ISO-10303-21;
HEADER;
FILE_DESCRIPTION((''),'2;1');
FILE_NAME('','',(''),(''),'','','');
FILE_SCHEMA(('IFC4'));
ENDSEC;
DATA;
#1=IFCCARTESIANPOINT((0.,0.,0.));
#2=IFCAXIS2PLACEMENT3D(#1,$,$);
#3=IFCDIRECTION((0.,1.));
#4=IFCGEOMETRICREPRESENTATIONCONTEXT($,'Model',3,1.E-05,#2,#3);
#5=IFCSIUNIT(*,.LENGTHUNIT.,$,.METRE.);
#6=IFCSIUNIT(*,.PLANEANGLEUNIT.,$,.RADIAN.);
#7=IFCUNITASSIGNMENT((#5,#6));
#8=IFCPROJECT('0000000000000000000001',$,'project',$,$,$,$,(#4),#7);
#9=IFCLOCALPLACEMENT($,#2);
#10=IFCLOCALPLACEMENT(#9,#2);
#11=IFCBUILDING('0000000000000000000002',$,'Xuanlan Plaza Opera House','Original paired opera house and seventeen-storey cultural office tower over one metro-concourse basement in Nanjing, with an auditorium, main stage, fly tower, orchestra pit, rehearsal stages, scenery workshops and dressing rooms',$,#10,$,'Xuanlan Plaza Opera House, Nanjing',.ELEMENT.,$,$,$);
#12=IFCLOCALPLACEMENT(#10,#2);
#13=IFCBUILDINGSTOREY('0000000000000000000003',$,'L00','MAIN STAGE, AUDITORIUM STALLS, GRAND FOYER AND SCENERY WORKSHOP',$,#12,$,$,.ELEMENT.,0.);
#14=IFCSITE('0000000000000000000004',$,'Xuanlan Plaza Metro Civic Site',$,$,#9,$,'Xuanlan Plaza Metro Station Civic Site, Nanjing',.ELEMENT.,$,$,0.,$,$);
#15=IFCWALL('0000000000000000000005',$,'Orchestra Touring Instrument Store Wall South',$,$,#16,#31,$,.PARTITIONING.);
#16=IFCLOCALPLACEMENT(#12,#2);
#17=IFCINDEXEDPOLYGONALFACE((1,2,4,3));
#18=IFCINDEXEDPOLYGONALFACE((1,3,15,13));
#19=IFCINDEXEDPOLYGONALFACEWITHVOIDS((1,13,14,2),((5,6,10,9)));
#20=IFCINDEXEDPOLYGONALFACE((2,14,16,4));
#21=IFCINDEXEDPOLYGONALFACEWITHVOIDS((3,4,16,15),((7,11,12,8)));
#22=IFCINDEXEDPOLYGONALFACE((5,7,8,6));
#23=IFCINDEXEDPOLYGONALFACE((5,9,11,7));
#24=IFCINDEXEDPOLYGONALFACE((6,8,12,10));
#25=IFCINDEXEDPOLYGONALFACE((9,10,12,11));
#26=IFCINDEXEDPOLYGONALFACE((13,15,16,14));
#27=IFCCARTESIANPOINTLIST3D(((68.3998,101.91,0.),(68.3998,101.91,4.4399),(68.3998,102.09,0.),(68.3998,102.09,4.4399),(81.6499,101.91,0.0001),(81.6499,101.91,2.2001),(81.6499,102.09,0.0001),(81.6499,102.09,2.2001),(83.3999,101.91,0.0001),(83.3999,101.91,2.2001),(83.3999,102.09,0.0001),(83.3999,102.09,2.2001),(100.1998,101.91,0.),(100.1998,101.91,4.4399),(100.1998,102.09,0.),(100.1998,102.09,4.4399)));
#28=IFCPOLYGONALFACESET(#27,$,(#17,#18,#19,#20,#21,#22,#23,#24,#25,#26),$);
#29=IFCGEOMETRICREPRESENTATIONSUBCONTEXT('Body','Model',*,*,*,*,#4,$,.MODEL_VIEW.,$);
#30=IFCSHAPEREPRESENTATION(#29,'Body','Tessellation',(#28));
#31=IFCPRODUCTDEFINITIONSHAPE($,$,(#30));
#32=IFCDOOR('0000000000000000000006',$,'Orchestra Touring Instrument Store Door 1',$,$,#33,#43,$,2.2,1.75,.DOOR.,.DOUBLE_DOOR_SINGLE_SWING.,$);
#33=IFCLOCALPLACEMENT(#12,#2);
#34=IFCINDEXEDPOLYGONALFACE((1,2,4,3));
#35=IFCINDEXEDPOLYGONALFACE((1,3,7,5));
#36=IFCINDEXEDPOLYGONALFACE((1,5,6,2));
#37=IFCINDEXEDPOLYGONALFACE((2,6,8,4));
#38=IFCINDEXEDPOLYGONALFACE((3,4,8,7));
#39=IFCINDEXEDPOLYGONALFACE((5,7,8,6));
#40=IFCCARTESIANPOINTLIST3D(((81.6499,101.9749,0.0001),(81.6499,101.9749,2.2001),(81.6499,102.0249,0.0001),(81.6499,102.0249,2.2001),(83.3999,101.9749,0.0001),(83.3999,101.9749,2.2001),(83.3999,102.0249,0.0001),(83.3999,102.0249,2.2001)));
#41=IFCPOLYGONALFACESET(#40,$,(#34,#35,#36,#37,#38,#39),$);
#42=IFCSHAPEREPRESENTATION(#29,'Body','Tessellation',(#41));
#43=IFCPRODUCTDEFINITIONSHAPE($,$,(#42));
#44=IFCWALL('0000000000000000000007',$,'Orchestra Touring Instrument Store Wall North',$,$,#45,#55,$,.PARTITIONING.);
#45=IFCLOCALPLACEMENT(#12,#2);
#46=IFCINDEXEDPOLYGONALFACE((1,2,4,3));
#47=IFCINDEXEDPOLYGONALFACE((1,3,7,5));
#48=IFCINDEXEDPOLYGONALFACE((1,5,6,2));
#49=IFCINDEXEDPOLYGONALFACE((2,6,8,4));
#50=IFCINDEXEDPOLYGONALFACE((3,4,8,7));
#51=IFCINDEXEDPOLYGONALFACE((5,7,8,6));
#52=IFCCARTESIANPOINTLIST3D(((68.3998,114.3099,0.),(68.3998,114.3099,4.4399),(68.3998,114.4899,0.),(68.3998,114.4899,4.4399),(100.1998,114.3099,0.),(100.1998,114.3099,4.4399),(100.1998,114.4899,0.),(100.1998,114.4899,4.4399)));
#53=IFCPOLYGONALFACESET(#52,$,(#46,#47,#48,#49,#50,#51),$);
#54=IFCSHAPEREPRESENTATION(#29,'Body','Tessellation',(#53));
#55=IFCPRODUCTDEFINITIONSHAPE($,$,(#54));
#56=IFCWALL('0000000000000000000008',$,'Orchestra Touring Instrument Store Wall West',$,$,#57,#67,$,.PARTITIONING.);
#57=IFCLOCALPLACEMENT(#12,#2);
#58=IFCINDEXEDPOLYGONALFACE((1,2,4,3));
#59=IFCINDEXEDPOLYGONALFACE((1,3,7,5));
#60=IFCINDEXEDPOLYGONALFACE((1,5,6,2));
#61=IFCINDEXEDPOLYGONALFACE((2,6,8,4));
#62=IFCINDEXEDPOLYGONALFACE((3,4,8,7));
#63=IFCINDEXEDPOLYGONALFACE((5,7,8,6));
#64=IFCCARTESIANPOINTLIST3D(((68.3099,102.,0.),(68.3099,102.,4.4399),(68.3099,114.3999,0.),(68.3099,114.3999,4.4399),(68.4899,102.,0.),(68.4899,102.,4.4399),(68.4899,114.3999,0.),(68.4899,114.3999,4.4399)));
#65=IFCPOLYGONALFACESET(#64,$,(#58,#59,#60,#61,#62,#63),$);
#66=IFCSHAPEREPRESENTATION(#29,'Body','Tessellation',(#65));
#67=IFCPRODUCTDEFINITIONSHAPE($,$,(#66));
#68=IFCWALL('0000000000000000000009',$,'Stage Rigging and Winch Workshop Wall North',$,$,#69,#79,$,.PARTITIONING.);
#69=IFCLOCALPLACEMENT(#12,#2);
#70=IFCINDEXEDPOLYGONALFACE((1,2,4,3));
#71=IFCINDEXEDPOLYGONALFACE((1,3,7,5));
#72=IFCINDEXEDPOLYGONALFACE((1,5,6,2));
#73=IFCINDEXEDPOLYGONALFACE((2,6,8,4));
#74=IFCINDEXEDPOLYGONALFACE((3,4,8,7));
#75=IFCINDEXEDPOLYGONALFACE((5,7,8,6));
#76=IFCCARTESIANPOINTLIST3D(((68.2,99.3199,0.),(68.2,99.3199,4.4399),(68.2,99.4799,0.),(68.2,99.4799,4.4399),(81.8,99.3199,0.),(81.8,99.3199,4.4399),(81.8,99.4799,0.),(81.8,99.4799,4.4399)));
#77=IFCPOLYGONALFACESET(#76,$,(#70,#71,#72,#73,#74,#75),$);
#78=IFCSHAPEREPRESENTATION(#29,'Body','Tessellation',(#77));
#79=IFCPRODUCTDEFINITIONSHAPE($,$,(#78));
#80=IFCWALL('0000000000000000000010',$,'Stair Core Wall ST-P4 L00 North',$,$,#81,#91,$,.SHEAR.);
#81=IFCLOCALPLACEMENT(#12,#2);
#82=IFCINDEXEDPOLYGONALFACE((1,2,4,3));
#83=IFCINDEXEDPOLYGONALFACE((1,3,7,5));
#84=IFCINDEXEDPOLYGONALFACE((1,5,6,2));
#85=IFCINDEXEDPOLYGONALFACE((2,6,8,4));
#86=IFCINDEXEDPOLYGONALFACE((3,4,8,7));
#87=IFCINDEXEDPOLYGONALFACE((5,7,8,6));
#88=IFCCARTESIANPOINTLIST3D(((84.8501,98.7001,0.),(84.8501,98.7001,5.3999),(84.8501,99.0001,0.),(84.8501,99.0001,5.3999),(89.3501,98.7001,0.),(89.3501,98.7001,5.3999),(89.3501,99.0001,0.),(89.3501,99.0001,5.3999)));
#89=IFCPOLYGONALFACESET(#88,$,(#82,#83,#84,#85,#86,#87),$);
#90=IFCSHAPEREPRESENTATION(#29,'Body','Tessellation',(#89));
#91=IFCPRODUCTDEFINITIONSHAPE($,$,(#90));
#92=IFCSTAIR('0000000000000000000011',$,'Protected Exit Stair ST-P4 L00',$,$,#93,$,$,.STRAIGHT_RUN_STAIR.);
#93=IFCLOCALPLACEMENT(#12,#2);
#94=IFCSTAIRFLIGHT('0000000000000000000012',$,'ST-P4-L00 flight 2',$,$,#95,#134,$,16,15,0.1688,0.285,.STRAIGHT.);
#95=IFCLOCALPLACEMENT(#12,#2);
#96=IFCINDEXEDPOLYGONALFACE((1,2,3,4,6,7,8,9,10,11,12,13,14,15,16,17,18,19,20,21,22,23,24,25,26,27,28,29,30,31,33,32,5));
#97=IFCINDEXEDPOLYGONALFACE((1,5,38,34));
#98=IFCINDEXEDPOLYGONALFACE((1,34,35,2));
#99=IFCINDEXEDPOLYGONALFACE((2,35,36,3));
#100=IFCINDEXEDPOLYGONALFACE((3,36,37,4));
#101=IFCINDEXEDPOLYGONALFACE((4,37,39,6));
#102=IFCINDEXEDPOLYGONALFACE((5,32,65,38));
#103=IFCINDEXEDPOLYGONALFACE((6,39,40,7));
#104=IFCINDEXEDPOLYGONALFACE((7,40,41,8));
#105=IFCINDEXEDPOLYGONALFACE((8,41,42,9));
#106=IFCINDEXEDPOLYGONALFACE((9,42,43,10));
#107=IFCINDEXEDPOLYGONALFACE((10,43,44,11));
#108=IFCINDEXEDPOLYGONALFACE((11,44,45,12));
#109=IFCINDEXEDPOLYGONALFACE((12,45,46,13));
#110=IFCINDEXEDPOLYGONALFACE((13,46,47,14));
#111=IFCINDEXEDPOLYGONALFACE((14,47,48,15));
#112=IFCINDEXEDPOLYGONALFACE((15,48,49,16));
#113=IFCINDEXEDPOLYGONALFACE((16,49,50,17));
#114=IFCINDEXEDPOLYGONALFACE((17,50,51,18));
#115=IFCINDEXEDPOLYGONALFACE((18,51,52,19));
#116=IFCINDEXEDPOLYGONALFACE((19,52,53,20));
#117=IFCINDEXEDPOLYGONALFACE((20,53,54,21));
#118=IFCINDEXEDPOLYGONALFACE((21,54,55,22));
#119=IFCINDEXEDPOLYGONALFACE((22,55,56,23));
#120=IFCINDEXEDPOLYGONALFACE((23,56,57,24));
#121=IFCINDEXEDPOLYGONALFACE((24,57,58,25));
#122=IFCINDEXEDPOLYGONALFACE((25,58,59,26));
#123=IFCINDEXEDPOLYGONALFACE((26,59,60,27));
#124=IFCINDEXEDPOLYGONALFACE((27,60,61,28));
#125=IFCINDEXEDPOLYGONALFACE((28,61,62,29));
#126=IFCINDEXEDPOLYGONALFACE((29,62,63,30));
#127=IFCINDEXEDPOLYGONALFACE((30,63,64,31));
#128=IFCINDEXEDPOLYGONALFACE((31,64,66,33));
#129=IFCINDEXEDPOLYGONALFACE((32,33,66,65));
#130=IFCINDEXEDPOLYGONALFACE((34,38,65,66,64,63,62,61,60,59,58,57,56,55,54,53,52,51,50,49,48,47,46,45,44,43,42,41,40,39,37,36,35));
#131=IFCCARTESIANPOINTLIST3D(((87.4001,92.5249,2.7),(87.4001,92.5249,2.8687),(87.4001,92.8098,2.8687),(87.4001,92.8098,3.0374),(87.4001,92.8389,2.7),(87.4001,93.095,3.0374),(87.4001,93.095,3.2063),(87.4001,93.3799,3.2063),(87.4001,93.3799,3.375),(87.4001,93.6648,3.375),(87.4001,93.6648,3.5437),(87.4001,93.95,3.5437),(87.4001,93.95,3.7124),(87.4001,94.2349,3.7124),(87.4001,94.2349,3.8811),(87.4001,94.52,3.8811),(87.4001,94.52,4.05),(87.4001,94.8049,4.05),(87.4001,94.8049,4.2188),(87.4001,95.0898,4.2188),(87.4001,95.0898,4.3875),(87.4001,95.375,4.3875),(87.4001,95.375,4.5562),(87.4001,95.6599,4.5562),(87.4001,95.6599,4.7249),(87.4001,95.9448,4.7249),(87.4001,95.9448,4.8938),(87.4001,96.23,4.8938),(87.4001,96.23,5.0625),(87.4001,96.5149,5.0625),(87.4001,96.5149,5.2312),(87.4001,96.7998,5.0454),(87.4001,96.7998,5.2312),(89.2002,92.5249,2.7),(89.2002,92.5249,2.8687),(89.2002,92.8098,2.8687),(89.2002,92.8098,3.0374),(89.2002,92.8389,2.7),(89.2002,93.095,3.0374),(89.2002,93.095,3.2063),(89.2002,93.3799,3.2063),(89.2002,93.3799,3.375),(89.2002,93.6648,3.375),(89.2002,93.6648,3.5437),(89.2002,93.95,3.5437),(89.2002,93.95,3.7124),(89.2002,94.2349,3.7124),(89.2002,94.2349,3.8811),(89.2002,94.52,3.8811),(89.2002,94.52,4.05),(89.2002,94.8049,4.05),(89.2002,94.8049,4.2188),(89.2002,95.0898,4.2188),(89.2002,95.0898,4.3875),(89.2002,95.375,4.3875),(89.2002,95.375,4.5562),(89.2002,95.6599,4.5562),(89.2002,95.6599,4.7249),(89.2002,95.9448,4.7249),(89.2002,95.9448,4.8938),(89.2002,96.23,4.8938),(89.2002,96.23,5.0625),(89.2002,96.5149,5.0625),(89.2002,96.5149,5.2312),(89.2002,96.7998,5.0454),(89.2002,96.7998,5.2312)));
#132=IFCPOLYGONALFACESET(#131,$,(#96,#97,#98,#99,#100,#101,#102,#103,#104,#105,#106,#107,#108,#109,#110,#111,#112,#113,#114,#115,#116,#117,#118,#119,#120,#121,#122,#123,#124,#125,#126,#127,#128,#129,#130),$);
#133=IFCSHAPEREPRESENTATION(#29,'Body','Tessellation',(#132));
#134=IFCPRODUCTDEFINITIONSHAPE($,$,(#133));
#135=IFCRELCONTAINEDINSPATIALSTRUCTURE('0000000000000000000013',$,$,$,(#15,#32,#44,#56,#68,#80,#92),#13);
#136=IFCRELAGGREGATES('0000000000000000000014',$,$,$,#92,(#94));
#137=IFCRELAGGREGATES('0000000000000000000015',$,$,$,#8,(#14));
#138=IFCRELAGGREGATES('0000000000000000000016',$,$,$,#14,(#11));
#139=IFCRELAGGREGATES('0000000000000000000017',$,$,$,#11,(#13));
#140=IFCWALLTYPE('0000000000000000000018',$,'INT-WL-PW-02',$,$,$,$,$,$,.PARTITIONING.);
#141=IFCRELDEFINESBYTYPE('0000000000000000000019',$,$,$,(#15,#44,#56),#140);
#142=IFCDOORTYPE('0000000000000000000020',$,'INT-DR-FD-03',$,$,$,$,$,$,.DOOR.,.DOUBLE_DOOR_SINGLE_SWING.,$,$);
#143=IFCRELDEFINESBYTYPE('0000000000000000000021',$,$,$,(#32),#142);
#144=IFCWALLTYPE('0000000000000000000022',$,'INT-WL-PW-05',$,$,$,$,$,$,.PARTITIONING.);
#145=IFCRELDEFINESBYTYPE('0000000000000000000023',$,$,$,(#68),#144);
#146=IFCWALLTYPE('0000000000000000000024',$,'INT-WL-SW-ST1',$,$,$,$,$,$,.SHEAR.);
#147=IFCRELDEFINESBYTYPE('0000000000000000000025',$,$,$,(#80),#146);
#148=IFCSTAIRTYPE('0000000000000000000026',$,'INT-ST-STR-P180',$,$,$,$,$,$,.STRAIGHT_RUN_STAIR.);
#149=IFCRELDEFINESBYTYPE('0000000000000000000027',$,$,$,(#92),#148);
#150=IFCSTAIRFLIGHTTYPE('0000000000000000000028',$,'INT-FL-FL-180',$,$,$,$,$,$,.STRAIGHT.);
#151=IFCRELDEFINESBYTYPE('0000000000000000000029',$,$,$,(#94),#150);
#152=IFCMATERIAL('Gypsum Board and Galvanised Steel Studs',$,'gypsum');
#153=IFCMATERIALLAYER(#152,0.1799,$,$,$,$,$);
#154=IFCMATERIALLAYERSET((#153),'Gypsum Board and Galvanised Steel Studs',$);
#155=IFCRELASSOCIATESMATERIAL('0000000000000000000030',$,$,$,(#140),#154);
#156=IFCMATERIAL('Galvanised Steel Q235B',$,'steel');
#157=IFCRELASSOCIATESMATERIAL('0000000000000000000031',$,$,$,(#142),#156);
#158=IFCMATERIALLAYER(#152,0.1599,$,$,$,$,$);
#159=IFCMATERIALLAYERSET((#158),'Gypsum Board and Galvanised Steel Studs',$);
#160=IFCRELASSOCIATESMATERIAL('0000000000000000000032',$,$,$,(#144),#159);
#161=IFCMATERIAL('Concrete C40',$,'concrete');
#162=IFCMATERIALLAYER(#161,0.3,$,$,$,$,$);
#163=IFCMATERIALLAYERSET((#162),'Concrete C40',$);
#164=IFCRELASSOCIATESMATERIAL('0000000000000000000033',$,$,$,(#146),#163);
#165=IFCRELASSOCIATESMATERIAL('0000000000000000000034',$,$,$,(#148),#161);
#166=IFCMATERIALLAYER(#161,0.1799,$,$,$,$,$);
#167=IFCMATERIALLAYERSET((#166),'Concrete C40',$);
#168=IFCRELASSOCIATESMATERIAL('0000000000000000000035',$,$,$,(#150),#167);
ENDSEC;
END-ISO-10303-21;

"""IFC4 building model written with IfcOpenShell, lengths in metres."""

from ifc_helpers import new_model, si_unit, direction, frame, frame_2d, origin, place, context, subcontext, project, spatial, polyline, rectangle, outline, extrude, material, layer, layer_set, type_object, element, fill, aggregate, save


model = new_model("IFC4")

# Units and contexts
model_context = context("Model", 3, precision=1e-05, world=origin(), true_north=direction((0.0, 1.0)))
body_context = subcontext(model_context, "Body", "Model", "MODEL_VIEW")
ifc_project = project(units=[si_unit("LENGTHUNIT", "METRE"), si_unit("PLANEANGLEUNIT", "RADIAN")], contexts=[model_context])

# Site, building, storey
site_placement = place(None, origin())
site = spatial("IfcSite", under=ifc_project, at=site_placement, Name="Xuanlan Plaza Metro Civic Site", LongName="Xuanlan Plaza Metro Station Civic Site, Nanjing", CompositionType="ELEMENT", RefElevation=0.0)
building_placement = place(site_placement, origin())
building = spatial("IfcBuilding", under=site, at=building_placement, Name="Xuanlan Plaza Opera House", Description="Original paired opera house and seventeen-storey cultural office tower over one metro-concourse basement in Nanjing, with an auditorium, main stage, fly tower, orchestra pit, rehearsal stages, scenery workshops and dressing rooms", LongName="Xuanlan Plaza Opera House, Nanjing", CompositionType="ELEMENT")
storey_placement = place(building_placement, origin())
storey = spatial("IfcBuildingStorey", under=building, at=storey_placement, Name="L00", Description="MAIN STAGE, AUDITORIUM STALLS, GRAND FOYER AND SCENERY WORKSHOP", CompositionType="ELEMENT", Elevation=0.0)

# Shared definitions
ifc_material_1 = material(Name="Concrete C40", Category="concrete")

# Shared definitions
ifc_material_2 = material(Name="Gypsum Board and Galvanised Steel Studs", Category="gypsum")
ifc_layer_1 = layer(ifc_material_2, 0.1799)
ifc_layer_set_1 = layer_set([ifc_layer_1], Name="Gypsum Board and Galvanised Steel Studs")
wall_type_1 = type_object("IfcWallType", Name="INT-WL-PW-02", PredefinedType="PARTITIONING", material=ifc_layer_set_1)

# Wall, opening, door
wall_1_placement = place(storey_placement, frame((68.3999, 102.0, 0.0), z_axis=(0.0, 0.0, 1.0), x_axis=(1.0, 0.0, 0.0)))
wall_1 = element("IfcWall", 1, at=wall_1_placement, inside=storey, type_object=wall_type_1, Name="Orchestra Touring Instrument Store Wall South", PredefinedType="PARTITIONING", context=body_context, shape_type="SweptSolid", body=[
    extrude(rectangle(XDim=31.8, YDim=0.1799, at=frame_2d((15.8999, 0.0))), origin(), (0.0, 0.0, 1.0), 4.4399),
])
opening_placement = place(wall_1_placement, frame((13.25, 0.0, 0.0)))
opening = element("IfcOpeningElement", 2, at=opening_placement, cuts=wall_1, PredefinedType="OPENING", context=body_context, shape_type="SweptSolid", body=[
    extrude(rectangle(XDim=1.75, YDim=2.2, at=frame_2d((0.875, 1.1001))), frame((0.0, 0.0999, 0.0), z_axis=(0.0, -1.0, 0.0), x_axis=(1.0, 0.0, 0.0)), (0.0, 0.0, 1.0), 0.2),
])
ifc_material_3 = material(Name="Galvanised Steel Q235B", Category="steel")
door_type = type_object("IfcDoorType", Name="INT-DR-FD-03", OperationType="DOUBLE_DOOR_SINGLE_SWING", PredefinedType="DOOR", material=ifc_material_3)
door_placement = place(opening_placement, origin())
door = element("IfcDoor", 3, at=door_placement, inside=storey, type_object=door_type, Name="Orchestra Touring Instrument Store Door 1", OperationType="DOUBLE_DOOR_SINGLE_SWING", OverallHeight=2.2, OverallWidth=1.75, PredefinedType="DOOR", context=body_context, shape_type="SweptSolid", body=[
    extrude(rectangle(XDim=1.75, YDim=2.2, at=frame_2d((0.875, 1.1001))), frame((0.0, 0.0249, 0.0), z_axis=(0.0, -1.0, 0.0), x_axis=(1.0, 0.0, 0.0)), (0.0, 0.0, 1.0), 0.05),
])
fill(opening, door)

# Walls
wall_2_placement = place(storey_placement, frame((68.3999, 114.3999, 0.0), z_axis=(0.0, 0.0, 1.0), x_axis=(1.0, 0.0, 0.0)))
element("IfcWall", 4, at=wall_2_placement, inside=storey, type_object=wall_type_1, Name="Orchestra Touring Instrument Store Wall North", PredefinedType="PARTITIONING", context=body_context, shape_type="SweptSolid", body=[
    extrude(rectangle(XDim=31.8, YDim=0.1799, at=frame_2d((15.8999, 0.0))), origin(), (0.0, 0.0, 1.0), 4.4399),
])
wall_3_placement = place(storey_placement, frame((68.3999, 102.0, 0.0), z_axis=(0.0, 0.0, 1.0), x_axis=(0.0, 1.0, 0.0)))
element("IfcWall", 5, at=wall_3_placement, inside=storey, type_object=wall_type_1, Name="Orchestra Touring Instrument Store Wall West", PredefinedType="PARTITIONING", context=body_context, shape_type="SweptSolid", body=[
    extrude(rectangle(XDim=12.3999, YDim=0.1799, at=frame_2d((6.2, 0.0))), origin(), (0.0, 0.0, 1.0), 4.4399),
])
ifc_layer_2 = layer(ifc_material_2, 0.1599)
ifc_layer_set_2 = layer_set([ifc_layer_2], Name="Gypsum Board and Galvanised Steel Studs")
wall_type_2 = type_object("IfcWallType", Name="INT-WL-PW-05", PredefinedType="PARTITIONING", material=ifc_layer_set_2)
wall_4_placement = place(storey_placement, frame((68.2, 99.3999, 0.0), z_axis=(0.0, 0.0, 1.0), x_axis=(1.0, 0.0, 0.0)))
element("IfcWall", 6, at=wall_4_placement, inside=storey, type_object=wall_type_2, Name="Stage Rigging and Winch Workshop Wall North", PredefinedType="PARTITIONING", context=body_context, shape_type="SweptSolid", body=[
    extrude(rectangle(XDim=13.6001, YDim=0.1599, at=frame_2d((6.8, 0.0))), origin(), (0.0, 0.0, 1.0), 4.4399),
])
ifc_layer_3 = layer(ifc_material_1, 0.3)
ifc_layer_set_3 = layer_set([ifc_layer_3], Name="Concrete C40")
wall_type_3 = type_object("IfcWallType", Name="INT-WL-SW-ST1", PredefinedType="SHEAR", material=ifc_layer_set_3)
wall_5_placement = place(storey_placement, frame((84.8501, 98.8501, 0.0), z_axis=(0.0, 0.0, 1.0), x_axis=(1.0, 0.0, 0.0)))
element("IfcWall", 7, at=wall_5_placement, inside=storey, type_object=wall_type_3, Name="Stair Core Wall ST-P4 L00 North", PredefinedType="SHEAR", context=body_context, shape_type="SweptSolid", body=[
    extrude(rectangle(XDim=4.5, YDim=0.3, at=frame_2d((2.25, 0.0))), origin(), (0.0, 0.0, 1.0), 5.3999),
])

# Stair, stair flight
stair_type = type_object("IfcStairType", Name="INT-ST-STR-P180", PredefinedType="STRAIGHT_RUN_STAIR", material=ifc_material_1)
stair_placement = place(storey_placement, origin())
stair = element("IfcStair", 8, at=stair_placement, inside=storey, type_object=stair_type, Name="Protected Exit Stair ST-P4 L00", PredefinedType="STRAIGHT_RUN_STAIR")
ifc_layer_4 = layer(ifc_material_1, 0.1799)
ifc_layer_set_4 = layer_set([ifc_layer_4], Name="Concrete C40")
stair_flight_type = type_object("IfcStairFlightType", Name="INT-FL-FL-180", PredefinedType="STRAIGHT", material=ifc_layer_set_4)
stair_flight_placement = place(storey_placement, frame((88.3, 92.5249, 2.7), z_axis=(0.0, 0.0, 1.0), x_axis=(0.0, 1.0, 0.0)))
stair_flight = element("IfcStairFlight", 9, at=stair_flight_placement, type_object=stair_flight_type, Name="ST-P4-L00 flight 2", NumberOfRisers=16, NumberOfTreads=15, PredefinedType="STRAIGHT", RiserHeight=0.1688, TreadLength=0.285, context=body_context, shape_type="SweptSolid", body=[
    extrude(outline(polyline([(0.0, 0.0), (0.0, 0.1687), (0.2849, 0.1687), (0.2849, 0.3374), (0.5701, 0.3374), (0.5701, 0.5063), (0.855, 0.5063), (0.855, 0.675), (1.1399, 0.675), (1.1399, 0.8438), (1.425, 0.8438), (1.425, 1.0125), (1.71, 1.0125), (1.71, 1.1812), (1.9951, 1.1812), (1.9951, 1.3501), (2.28, 1.3501), (2.28, 1.5188), (2.5649, 1.5188), (2.5649, 1.6875), (2.8501, 1.6875), (2.8501, 1.8562), (3.135, 1.8562), (3.135, 2.0249), (3.4199, 2.0249), (3.4199, 2.1938), (3.7051, 2.1938), (3.7051, 2.3625), (3.99, 2.3625), (3.99, 2.5312), (4.2749, 2.5312), (4.2749, 2.7), (4.2749, 2.3455), (0.314, 0.0), (0.0, 0.0)])), frame((0.0, 0.8999, 0.0), z_axis=(0.0, -1.0, 0.0), x_axis=(1.0, 0.0, 0.0)), (0.0, 0.0, 1.0), 1.8),
])
aggregate(stair, [stair_flight])

save(model, "model.ifc")
